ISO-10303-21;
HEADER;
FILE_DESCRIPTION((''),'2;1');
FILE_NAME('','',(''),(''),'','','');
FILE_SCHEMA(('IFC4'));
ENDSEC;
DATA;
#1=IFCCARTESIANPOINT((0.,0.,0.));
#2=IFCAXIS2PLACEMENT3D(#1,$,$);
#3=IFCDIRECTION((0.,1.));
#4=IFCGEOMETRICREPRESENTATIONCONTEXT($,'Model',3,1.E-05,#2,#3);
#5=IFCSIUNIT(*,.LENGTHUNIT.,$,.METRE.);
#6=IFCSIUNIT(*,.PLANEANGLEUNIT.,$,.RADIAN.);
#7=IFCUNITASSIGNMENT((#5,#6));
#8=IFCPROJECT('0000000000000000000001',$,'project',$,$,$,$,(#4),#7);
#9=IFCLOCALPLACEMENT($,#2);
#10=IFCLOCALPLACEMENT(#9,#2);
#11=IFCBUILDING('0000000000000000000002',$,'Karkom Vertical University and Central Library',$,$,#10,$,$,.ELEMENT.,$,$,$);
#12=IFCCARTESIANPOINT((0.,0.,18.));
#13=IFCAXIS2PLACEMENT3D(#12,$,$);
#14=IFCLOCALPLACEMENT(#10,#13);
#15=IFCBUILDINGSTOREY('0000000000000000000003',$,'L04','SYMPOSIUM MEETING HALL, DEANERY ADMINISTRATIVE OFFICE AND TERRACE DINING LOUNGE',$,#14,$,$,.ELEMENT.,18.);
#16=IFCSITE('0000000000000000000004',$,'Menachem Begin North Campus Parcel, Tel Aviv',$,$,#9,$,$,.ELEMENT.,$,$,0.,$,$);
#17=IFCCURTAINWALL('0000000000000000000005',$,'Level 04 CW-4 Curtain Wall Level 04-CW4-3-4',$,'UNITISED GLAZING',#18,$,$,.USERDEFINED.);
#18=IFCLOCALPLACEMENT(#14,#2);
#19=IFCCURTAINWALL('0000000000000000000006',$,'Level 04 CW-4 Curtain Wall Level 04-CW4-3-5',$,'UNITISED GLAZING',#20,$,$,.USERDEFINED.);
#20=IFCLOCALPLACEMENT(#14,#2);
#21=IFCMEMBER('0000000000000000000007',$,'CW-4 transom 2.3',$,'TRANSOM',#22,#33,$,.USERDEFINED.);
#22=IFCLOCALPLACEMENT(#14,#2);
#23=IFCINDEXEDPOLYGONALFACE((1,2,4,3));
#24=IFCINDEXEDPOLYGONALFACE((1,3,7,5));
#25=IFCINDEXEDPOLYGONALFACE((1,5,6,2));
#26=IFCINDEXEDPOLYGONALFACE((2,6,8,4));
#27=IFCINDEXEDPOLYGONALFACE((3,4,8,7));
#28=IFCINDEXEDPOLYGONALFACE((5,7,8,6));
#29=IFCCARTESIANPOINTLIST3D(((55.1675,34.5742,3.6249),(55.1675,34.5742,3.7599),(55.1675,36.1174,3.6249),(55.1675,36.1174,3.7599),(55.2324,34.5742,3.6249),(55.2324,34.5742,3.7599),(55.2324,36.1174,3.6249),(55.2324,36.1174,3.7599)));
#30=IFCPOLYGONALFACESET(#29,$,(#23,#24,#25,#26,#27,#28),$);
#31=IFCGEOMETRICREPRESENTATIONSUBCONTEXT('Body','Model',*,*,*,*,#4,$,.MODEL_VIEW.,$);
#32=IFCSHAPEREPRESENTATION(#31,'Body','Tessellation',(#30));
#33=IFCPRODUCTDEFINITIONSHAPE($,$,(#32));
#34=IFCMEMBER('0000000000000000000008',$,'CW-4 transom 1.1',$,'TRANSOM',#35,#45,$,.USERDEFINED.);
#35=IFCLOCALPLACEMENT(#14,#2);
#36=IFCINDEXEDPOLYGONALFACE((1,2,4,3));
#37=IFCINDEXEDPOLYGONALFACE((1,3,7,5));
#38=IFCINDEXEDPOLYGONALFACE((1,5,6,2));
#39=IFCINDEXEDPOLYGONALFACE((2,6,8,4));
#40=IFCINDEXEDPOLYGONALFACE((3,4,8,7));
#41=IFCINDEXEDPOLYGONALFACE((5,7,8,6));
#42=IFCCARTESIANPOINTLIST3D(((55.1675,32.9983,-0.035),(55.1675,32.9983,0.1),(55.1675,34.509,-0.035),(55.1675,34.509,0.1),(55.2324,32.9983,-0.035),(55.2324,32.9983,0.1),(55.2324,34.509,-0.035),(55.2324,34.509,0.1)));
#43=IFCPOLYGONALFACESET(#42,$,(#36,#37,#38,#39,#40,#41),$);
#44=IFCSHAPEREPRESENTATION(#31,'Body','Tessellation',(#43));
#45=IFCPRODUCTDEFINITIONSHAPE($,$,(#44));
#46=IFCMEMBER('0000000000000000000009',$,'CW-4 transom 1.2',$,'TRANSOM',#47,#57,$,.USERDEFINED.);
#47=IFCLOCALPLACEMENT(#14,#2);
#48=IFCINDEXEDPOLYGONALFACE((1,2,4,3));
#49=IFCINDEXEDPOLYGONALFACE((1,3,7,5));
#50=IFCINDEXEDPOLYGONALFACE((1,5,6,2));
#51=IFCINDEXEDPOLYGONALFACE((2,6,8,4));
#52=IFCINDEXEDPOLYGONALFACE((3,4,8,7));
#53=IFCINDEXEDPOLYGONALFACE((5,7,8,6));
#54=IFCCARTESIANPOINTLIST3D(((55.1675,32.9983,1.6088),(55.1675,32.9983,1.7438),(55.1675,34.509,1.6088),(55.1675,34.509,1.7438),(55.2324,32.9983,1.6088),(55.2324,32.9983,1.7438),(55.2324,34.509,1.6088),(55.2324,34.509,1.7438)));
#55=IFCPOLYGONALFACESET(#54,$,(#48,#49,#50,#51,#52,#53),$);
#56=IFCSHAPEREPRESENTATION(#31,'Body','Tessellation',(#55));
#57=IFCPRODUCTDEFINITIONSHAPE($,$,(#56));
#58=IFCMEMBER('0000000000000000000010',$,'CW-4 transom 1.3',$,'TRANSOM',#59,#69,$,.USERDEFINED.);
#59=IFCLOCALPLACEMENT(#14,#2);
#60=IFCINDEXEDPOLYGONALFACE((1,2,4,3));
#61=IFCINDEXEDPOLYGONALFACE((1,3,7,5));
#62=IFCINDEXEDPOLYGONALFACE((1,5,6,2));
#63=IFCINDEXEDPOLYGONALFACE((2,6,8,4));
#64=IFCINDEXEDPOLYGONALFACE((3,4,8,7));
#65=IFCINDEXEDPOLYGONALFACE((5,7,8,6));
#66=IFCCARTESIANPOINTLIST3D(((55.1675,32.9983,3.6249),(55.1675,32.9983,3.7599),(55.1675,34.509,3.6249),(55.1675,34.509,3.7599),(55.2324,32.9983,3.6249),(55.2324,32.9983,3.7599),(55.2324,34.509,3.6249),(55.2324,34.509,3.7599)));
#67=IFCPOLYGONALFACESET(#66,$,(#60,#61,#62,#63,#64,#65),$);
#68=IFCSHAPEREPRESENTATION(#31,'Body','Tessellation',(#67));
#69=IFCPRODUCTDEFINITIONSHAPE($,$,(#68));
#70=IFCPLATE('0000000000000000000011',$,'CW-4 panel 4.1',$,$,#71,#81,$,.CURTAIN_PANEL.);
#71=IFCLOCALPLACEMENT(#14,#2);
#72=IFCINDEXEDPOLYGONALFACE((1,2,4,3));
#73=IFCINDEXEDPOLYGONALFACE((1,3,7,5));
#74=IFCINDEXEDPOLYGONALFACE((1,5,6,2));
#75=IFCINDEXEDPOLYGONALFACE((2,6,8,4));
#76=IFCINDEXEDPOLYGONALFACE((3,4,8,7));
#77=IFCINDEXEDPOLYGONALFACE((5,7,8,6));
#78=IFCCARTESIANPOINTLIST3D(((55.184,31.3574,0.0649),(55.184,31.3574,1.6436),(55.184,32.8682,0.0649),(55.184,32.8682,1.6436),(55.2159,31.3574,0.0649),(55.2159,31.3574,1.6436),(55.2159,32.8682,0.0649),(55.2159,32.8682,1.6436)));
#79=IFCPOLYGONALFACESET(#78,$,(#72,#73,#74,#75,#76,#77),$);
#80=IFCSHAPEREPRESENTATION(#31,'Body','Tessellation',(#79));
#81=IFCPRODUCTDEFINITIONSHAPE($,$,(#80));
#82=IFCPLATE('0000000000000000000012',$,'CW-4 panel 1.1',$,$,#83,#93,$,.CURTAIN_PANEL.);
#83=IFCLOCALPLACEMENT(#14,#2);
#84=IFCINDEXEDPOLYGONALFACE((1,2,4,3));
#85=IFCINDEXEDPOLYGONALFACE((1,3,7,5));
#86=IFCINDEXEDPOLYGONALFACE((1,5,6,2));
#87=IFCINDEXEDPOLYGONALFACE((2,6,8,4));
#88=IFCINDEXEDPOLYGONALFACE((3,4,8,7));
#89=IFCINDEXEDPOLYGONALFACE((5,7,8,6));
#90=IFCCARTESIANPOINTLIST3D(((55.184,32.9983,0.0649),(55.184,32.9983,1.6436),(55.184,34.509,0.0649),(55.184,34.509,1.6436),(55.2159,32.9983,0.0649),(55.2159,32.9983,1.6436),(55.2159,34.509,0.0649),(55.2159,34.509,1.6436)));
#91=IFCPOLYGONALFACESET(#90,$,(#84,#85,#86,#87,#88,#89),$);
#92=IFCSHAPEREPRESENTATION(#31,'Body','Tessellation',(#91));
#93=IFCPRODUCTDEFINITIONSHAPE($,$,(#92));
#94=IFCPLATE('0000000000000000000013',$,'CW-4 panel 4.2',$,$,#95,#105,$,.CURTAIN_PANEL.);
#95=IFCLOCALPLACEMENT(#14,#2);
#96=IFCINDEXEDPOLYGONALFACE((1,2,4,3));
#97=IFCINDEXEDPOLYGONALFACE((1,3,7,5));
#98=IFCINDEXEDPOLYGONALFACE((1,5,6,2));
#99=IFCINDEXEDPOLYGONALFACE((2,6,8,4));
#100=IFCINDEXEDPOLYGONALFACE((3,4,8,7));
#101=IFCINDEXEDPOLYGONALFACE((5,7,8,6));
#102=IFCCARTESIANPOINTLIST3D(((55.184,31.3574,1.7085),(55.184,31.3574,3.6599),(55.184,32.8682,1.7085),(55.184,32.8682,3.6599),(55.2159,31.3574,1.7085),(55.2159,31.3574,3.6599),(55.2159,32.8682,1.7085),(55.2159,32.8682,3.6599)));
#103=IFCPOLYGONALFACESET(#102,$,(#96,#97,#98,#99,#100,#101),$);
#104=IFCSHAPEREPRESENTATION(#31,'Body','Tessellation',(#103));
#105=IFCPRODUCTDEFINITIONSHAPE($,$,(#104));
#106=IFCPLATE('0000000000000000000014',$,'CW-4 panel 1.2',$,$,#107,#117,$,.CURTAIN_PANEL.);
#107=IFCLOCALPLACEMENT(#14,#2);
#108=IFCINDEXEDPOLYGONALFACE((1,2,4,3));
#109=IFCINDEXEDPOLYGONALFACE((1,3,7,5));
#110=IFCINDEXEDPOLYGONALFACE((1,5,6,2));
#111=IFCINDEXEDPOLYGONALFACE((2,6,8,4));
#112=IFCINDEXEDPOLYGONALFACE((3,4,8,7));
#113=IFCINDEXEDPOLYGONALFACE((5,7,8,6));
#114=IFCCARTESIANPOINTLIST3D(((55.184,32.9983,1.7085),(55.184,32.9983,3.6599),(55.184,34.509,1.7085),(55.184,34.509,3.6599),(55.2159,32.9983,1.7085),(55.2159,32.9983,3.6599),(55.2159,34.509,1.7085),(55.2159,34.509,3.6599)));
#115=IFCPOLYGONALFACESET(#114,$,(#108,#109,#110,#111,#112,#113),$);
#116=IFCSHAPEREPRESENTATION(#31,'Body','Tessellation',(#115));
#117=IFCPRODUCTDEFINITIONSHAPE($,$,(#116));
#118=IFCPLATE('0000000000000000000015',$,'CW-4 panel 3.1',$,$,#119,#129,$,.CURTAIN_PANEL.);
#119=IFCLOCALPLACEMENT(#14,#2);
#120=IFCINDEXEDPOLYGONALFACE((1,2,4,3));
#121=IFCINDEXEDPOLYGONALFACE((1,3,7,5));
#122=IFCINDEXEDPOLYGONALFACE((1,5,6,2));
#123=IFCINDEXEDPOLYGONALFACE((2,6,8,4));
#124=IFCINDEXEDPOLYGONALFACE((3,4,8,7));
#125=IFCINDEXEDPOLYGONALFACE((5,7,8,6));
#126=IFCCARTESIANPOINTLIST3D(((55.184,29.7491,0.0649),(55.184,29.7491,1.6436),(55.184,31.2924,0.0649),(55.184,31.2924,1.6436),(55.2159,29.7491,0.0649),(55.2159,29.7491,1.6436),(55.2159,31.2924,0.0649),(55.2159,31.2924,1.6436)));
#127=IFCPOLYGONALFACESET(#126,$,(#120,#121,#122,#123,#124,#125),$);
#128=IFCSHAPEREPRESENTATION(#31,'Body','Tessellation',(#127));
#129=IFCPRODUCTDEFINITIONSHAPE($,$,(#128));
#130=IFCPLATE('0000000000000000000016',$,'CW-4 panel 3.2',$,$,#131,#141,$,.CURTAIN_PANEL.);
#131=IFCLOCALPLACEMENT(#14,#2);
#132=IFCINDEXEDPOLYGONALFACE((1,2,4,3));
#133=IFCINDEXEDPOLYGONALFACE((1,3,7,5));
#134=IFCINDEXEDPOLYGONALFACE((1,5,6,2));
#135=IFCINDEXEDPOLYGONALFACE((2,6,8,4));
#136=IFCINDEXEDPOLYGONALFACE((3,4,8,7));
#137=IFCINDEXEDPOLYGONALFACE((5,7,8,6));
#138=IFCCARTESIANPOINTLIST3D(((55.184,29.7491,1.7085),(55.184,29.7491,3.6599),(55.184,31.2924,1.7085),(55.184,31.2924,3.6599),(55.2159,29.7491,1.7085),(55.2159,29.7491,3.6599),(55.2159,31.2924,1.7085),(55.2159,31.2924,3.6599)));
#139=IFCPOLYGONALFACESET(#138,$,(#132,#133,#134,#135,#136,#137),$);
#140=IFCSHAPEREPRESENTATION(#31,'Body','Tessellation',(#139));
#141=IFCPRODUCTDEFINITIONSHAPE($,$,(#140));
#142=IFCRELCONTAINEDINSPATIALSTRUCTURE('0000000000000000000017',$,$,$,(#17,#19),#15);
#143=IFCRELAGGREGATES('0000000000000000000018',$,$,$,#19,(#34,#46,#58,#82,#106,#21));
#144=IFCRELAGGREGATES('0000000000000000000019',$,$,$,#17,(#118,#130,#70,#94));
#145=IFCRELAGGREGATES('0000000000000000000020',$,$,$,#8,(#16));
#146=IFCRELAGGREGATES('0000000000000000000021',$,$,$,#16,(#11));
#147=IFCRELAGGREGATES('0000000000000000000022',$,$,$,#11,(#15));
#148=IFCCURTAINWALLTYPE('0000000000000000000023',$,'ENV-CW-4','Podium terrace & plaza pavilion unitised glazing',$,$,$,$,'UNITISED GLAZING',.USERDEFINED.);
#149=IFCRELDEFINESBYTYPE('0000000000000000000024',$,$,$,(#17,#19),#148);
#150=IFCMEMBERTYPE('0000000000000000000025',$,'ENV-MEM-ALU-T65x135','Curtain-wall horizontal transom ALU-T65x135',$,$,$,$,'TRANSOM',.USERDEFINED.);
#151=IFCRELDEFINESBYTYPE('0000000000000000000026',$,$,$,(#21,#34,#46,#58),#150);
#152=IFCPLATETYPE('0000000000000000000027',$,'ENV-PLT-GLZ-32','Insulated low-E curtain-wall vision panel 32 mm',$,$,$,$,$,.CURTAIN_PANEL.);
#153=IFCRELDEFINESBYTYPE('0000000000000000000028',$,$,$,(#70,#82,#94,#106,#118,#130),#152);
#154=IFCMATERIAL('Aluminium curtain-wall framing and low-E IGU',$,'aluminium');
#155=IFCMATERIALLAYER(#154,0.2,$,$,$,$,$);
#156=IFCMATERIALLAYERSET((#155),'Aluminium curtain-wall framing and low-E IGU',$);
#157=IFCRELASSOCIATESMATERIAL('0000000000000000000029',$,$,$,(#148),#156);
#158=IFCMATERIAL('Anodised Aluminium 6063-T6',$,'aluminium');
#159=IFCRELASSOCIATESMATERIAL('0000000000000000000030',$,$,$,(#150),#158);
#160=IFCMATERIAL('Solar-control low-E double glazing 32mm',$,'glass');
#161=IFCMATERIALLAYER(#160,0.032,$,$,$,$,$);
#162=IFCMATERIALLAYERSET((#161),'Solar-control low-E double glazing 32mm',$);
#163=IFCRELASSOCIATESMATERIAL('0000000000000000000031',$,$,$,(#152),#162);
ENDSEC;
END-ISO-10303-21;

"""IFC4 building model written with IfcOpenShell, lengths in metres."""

from ifc_helpers import new_model, si_unit, direction, frame, origin, origin_with_axes, origin_2d, place, context, subcontext, project, spatial, rectangle, extrude, source, transform, mapped, material, layer, layer_set, material_profile, profile_set, type_object, element, aggregate, save


model = new_model("IFC4")

# Units and contexts
model_context = context("Model", 3, precision=1e-05, world=origin(), true_north=direction((0.0, 1.0)))
body_context = subcontext(model_context, "Body", "Model", "MODEL_VIEW")
ifc_project = project(units=[si_unit("LENGTHUNIT", "METRE"), si_unit("PLANEANGLEUNIT", "RADIAN")], contexts=[model_context])

# Site, building, storey
site_placement = place(None, origin())
site = spatial("IfcSite", under=ifc_project, at=site_placement, Name="Menachem Begin North Campus Parcel, Tel Aviv", CompositionType="ELEMENT", RefElevation=0.0)
building_placement = place(site_placement, origin())
building = spatial("IfcBuilding", under=site, at=building_placement, Name="Karkom Vertical University and Central Library", CompositionType="ELEMENT")
storey_placement = place(building_placement, frame((0.0, 0.0, 18.0)))
storey = spatial("IfcBuildingStorey", under=building, at=storey_placement, Name="L04", Description="SYMPOSIUM MEETING HALL, DEANERY ADMINISTRATIVE OFFICE AND TERRACE DINING LOUNGE", CompositionType="ELEMENT", Elevation=18.0)

# Curtain walls
ifc_material_1 = material(Name="Aluminium curtain-wall framing and low-E IGU", Category="aluminium")
ifc_layer_1 = layer(ifc_material_1, 0.2)
ifc_layer_set_1 = layer_set([ifc_layer_1], Name="Aluminium curtain-wall framing and low-E IGU")
curtain_wall_type = type_object("IfcCurtainWallType", Name="ENV-CW-4", Description="Podium terrace & plaza pavilion unitised glazing", ElementType="UNITISED GLAZING", PredefinedType="USERDEFINED", material=ifc_layer_set_1)
curtain_wall_1_placement = place(storey_placement, origin())
curtain_wall_1 = element("IfcCurtainWall", 1, at=curtain_wall_1_placement, inside=storey, type_object=curtain_wall_type, Name="Level 04 CW-4 Curtain Wall Level 04-CW4-3-4", ObjectType="UNITISED GLAZING", PredefinedType="USERDEFINED")
ifc_material_2 = material(Name="Anodised Aluminium 6063-T6", Category="aluminium")
curtain_wall_2_placement = place(storey_placement, origin())
curtain_wall_2 = element("IfcCurtainWall", 2, at=curtain_wall_2_placement, inside=storey, type_object=curtain_wall_type, Name="Level 04 CW-4 Curtain Wall Level 04-CW4-3-5", ObjectType="UNITISED GLAZING", PredefinedType="USERDEFINED")

# Members
ifc_material_profile_1 = material_profile(ifc_material_2, rectangle(XDim=0.0649, YDim=0.135, at=origin_2d()), Name="ALU-T65x135")
ifc_profile_set_1 = profile_set([ifc_material_profile_1], Name="Anodised Aluminium 6063-T6")
member_type_1 = type_object("IfcMemberType", Name="ENV-MEM-ALU-T65x135", Description="Curtain-wall horizontal transom ALU-T65x135", ElementType="TRANSOM", PredefinedType="USERDEFINED", material=ifc_profile_set_1)
shared_shape_1 = source(origin_with_axes(), body_context, "Body", "SweptSolid", [
    extrude(rectangle(XDim=0.0649, YDim=0.135, at=origin_2d()), origin(), (0.0, 0.0, 1.0), 1.5432),
])
member_1_placement = place(storey_placement, frame((55.2, 34.5742, 3.6924), z_axis=(0.0, 1.0, 0.0), x_axis=(-1.0, 0.0, 0.0)))
member_1 = element("IfcMember", 3, at=member_1_placement, type_object=member_type_1, Name="CW-4 transom 2.3", ObjectType="TRANSOM", PredefinedType="USERDEFINED", context=body_context, shape_type="MappedRepresentation", body=[
    mapped(shared_shape_1, transform((0.0, 0.0, 0.0), scale=1.0)),
])
shared_shape_2 = source(origin_with_axes(), body_context, "Body", "SweptSolid", [
    extrude(rectangle(XDim=0.0649, YDim=0.135, at=origin_2d()), origin(), (0.0, 0.0, 1.0), 1.5107),
])
member_2_placement = place(storey_placement, frame((55.2, 32.9983, 0.0325), z_axis=(0.0, 1.0, 0.0), x_axis=(-1.0, 0.0, 0.0)))
member_2 = element("IfcMember", 4, at=member_2_placement, type_object=member_type_1, Name="CW-4 transom 1.1", ObjectType="TRANSOM", PredefinedType="USERDEFINED", context=body_context, shape_type="MappedRepresentation", body=[
    mapped(shared_shape_2, transform((0.0, 0.0, 0.0), scale=1.0)),
])
member_3_placement = place(storey_placement, frame((55.2, 32.9983, 1.6763), z_axis=(0.0, 1.0, 0.0), x_axis=(-1.0, 0.0, 0.0)))
member_3 = element("IfcMember", 5, at=member_3_placement, type_object=member_type_1, Name="CW-4 transom 1.2", ObjectType="TRANSOM", PredefinedType="USERDEFINED", context=body_context, shape_type="MappedRepresentation", body=[
    mapped(shared_shape_2, transform((0.0, 0.0, 0.0), scale=1.0)),
])
member_4_placement = place(storey_placement, frame((55.2, 32.9983, 3.6924), z_axis=(0.0, 1.0, 0.0), x_axis=(-1.0, 0.0, 0.0)))
member_4 = element("IfcMember", 6, at=member_4_placement, type_object=member_type_1, Name="CW-4 transom 1.3", ObjectType="TRANSOM", PredefinedType="USERDEFINED", context=body_context, shape_type="MappedRepresentation", body=[
    mapped(shared_shape_2, transform((0.0, 0.0, 0.0), scale=1.0)),
])

# Plates
ifc_material_3 = material(Name="Solar-control low-E double glazing 32mm", Category="glass")
ifc_layer_2 = layer(ifc_material_3, 0.032)
ifc_layer_set_2 = layer_set([ifc_layer_2], Name="Solar-control low-E double glazing 32mm")
plate_type = type_object("IfcPlateType", Name="ENV-PLT-GLZ-32", Description="Insulated low-E curtain-wall vision panel 32 mm", PredefinedType="CURTAIN_PANEL", material=ifc_layer_set_2)
shared_shape_3 = source(origin_with_axes(), body_context, "Body", "SweptSolid", [
    extrude(rectangle(XDim=1.5107, YDim=0.032, at=origin_2d()), origin(), (0.0, 0.0, 1.0), 1.5786),
])
plate_1_placement = place(storey_placement, frame((55.2, 32.1128, 0.0649), z_axis=(0.0, 0.0, 1.0), x_axis=(0.0, 1.0, 0.0)))
plate_1 = element("IfcPlate", 7, at=plate_1_placement, type_object=plate_type, Name="CW-4 panel 4.1", PredefinedType="CURTAIN_PANEL", context=body_context, shape_type="MappedRepresentation", body=[
    mapped(shared_shape_3, transform((0.0, 0.0, 0.0), scale=1.0)),
])
plate_2_placement = place(storey_placement, frame((55.2, 33.7537, 0.0649), z_axis=(0.0, 0.0, 1.0), x_axis=(0.0, 1.0, 0.0)))
plate_2 = element("IfcPlate", 8, at=plate_2_placement, type_object=plate_type, Name="CW-4 panel 1.1", PredefinedType="CURTAIN_PANEL", context=body_context, shape_type="MappedRepresentation", body=[
    mapped(shared_shape_3, transform((0.0, 0.0, 0.0), scale=1.0)),
])
shared_shape_4 = source(origin_with_axes(), body_context, "Body", "SweptSolid", [
    extrude(rectangle(XDim=1.5107, YDim=0.032, at=origin_2d()), origin(), (0.0, 0.0, 1.0), 1.9514),
])
plate_3_placement = place(storey_placement, frame((55.2, 32.1128, 1.7085), z_axis=(0.0, 0.0, 1.0), x_axis=(0.0, 1.0, 0.0)))
plate_3 = element("IfcPlate", 9, at=plate_3_placement, type_object=plate_type, Name="CW-4 panel 4.2", PredefinedType="CURTAIN_PANEL", context=body_context, shape_type="MappedRepresentation", body=[
    mapped(shared_shape_4, transform((0.0, 0.0, 0.0), scale=1.0)),
])
plate_4_placement = place(storey_placement, frame((55.2, 33.7537, 1.7085), z_axis=(0.0, 0.0, 1.0), x_axis=(0.0, 1.0, 0.0)))
plate_4 = element("IfcPlate", 10, at=plate_4_placement, type_object=plate_type, Name="CW-4 panel 1.2", PredefinedType="CURTAIN_PANEL", context=body_context, shape_type="MappedRepresentation", body=[
    mapped(shared_shape_4, transform((0.0, 0.0, 0.0), scale=1.0)),
])
aggregate(curtain_wall_2, [member_2, member_3, member_4, plate_2, plate_4, member_1])
shared_shape_5 = source(origin_with_axes(), body_context, "Body", "SweptSolid", [
    extrude(rectangle(XDim=1.5432, YDim=0.032, at=origin_2d()), origin(), (0.0, 0.0, 1.0), 1.5786),
])
plate_5_placement = place(storey_placement, frame((55.2, 30.5208, 0.0649), z_axis=(0.0, 0.0, 1.0), x_axis=(0.0, 1.0, 0.0)))
plate_5 = element("IfcPlate", 11, at=plate_5_placement, type_object=plate_type, Name="CW-4 panel 3.1", PredefinedType="CURTAIN_PANEL", context=body_context, shape_type="MappedRepresentation", body=[
    mapped(shared_shape_5, transform((0.0, 0.0, 0.0), scale=1.0)),
])
shared_shape_6 = source(origin_with_axes(), body_context, "Body", "SweptSolid", [
    extrude(rectangle(XDim=1.5432, YDim=0.032, at=origin_2d()), origin(), (0.0, 0.0, 1.0), 1.9514),
])
plate_6_placement = place(storey_placement, frame((55.2, 30.5208, 1.7085), z_axis=(0.0, 0.0, 1.0), x_axis=(0.0, 1.0, 0.0)))
plate_6 = element("IfcPlate", 12, at=plate_6_placement, type_object=plate_type, Name="CW-4 panel 3.2", PredefinedType="CURTAIN_PANEL", context=body_context, shape_type="MappedRepresentation", body=[
    mapped(shared_shape_6, transform((0.0, 0.0, 0.0), scale=1.0)),
])
aggregate(curtain_wall_1, [plate_5, plate_6, plate_1, plate_3])

save(model, "model.ifc")
